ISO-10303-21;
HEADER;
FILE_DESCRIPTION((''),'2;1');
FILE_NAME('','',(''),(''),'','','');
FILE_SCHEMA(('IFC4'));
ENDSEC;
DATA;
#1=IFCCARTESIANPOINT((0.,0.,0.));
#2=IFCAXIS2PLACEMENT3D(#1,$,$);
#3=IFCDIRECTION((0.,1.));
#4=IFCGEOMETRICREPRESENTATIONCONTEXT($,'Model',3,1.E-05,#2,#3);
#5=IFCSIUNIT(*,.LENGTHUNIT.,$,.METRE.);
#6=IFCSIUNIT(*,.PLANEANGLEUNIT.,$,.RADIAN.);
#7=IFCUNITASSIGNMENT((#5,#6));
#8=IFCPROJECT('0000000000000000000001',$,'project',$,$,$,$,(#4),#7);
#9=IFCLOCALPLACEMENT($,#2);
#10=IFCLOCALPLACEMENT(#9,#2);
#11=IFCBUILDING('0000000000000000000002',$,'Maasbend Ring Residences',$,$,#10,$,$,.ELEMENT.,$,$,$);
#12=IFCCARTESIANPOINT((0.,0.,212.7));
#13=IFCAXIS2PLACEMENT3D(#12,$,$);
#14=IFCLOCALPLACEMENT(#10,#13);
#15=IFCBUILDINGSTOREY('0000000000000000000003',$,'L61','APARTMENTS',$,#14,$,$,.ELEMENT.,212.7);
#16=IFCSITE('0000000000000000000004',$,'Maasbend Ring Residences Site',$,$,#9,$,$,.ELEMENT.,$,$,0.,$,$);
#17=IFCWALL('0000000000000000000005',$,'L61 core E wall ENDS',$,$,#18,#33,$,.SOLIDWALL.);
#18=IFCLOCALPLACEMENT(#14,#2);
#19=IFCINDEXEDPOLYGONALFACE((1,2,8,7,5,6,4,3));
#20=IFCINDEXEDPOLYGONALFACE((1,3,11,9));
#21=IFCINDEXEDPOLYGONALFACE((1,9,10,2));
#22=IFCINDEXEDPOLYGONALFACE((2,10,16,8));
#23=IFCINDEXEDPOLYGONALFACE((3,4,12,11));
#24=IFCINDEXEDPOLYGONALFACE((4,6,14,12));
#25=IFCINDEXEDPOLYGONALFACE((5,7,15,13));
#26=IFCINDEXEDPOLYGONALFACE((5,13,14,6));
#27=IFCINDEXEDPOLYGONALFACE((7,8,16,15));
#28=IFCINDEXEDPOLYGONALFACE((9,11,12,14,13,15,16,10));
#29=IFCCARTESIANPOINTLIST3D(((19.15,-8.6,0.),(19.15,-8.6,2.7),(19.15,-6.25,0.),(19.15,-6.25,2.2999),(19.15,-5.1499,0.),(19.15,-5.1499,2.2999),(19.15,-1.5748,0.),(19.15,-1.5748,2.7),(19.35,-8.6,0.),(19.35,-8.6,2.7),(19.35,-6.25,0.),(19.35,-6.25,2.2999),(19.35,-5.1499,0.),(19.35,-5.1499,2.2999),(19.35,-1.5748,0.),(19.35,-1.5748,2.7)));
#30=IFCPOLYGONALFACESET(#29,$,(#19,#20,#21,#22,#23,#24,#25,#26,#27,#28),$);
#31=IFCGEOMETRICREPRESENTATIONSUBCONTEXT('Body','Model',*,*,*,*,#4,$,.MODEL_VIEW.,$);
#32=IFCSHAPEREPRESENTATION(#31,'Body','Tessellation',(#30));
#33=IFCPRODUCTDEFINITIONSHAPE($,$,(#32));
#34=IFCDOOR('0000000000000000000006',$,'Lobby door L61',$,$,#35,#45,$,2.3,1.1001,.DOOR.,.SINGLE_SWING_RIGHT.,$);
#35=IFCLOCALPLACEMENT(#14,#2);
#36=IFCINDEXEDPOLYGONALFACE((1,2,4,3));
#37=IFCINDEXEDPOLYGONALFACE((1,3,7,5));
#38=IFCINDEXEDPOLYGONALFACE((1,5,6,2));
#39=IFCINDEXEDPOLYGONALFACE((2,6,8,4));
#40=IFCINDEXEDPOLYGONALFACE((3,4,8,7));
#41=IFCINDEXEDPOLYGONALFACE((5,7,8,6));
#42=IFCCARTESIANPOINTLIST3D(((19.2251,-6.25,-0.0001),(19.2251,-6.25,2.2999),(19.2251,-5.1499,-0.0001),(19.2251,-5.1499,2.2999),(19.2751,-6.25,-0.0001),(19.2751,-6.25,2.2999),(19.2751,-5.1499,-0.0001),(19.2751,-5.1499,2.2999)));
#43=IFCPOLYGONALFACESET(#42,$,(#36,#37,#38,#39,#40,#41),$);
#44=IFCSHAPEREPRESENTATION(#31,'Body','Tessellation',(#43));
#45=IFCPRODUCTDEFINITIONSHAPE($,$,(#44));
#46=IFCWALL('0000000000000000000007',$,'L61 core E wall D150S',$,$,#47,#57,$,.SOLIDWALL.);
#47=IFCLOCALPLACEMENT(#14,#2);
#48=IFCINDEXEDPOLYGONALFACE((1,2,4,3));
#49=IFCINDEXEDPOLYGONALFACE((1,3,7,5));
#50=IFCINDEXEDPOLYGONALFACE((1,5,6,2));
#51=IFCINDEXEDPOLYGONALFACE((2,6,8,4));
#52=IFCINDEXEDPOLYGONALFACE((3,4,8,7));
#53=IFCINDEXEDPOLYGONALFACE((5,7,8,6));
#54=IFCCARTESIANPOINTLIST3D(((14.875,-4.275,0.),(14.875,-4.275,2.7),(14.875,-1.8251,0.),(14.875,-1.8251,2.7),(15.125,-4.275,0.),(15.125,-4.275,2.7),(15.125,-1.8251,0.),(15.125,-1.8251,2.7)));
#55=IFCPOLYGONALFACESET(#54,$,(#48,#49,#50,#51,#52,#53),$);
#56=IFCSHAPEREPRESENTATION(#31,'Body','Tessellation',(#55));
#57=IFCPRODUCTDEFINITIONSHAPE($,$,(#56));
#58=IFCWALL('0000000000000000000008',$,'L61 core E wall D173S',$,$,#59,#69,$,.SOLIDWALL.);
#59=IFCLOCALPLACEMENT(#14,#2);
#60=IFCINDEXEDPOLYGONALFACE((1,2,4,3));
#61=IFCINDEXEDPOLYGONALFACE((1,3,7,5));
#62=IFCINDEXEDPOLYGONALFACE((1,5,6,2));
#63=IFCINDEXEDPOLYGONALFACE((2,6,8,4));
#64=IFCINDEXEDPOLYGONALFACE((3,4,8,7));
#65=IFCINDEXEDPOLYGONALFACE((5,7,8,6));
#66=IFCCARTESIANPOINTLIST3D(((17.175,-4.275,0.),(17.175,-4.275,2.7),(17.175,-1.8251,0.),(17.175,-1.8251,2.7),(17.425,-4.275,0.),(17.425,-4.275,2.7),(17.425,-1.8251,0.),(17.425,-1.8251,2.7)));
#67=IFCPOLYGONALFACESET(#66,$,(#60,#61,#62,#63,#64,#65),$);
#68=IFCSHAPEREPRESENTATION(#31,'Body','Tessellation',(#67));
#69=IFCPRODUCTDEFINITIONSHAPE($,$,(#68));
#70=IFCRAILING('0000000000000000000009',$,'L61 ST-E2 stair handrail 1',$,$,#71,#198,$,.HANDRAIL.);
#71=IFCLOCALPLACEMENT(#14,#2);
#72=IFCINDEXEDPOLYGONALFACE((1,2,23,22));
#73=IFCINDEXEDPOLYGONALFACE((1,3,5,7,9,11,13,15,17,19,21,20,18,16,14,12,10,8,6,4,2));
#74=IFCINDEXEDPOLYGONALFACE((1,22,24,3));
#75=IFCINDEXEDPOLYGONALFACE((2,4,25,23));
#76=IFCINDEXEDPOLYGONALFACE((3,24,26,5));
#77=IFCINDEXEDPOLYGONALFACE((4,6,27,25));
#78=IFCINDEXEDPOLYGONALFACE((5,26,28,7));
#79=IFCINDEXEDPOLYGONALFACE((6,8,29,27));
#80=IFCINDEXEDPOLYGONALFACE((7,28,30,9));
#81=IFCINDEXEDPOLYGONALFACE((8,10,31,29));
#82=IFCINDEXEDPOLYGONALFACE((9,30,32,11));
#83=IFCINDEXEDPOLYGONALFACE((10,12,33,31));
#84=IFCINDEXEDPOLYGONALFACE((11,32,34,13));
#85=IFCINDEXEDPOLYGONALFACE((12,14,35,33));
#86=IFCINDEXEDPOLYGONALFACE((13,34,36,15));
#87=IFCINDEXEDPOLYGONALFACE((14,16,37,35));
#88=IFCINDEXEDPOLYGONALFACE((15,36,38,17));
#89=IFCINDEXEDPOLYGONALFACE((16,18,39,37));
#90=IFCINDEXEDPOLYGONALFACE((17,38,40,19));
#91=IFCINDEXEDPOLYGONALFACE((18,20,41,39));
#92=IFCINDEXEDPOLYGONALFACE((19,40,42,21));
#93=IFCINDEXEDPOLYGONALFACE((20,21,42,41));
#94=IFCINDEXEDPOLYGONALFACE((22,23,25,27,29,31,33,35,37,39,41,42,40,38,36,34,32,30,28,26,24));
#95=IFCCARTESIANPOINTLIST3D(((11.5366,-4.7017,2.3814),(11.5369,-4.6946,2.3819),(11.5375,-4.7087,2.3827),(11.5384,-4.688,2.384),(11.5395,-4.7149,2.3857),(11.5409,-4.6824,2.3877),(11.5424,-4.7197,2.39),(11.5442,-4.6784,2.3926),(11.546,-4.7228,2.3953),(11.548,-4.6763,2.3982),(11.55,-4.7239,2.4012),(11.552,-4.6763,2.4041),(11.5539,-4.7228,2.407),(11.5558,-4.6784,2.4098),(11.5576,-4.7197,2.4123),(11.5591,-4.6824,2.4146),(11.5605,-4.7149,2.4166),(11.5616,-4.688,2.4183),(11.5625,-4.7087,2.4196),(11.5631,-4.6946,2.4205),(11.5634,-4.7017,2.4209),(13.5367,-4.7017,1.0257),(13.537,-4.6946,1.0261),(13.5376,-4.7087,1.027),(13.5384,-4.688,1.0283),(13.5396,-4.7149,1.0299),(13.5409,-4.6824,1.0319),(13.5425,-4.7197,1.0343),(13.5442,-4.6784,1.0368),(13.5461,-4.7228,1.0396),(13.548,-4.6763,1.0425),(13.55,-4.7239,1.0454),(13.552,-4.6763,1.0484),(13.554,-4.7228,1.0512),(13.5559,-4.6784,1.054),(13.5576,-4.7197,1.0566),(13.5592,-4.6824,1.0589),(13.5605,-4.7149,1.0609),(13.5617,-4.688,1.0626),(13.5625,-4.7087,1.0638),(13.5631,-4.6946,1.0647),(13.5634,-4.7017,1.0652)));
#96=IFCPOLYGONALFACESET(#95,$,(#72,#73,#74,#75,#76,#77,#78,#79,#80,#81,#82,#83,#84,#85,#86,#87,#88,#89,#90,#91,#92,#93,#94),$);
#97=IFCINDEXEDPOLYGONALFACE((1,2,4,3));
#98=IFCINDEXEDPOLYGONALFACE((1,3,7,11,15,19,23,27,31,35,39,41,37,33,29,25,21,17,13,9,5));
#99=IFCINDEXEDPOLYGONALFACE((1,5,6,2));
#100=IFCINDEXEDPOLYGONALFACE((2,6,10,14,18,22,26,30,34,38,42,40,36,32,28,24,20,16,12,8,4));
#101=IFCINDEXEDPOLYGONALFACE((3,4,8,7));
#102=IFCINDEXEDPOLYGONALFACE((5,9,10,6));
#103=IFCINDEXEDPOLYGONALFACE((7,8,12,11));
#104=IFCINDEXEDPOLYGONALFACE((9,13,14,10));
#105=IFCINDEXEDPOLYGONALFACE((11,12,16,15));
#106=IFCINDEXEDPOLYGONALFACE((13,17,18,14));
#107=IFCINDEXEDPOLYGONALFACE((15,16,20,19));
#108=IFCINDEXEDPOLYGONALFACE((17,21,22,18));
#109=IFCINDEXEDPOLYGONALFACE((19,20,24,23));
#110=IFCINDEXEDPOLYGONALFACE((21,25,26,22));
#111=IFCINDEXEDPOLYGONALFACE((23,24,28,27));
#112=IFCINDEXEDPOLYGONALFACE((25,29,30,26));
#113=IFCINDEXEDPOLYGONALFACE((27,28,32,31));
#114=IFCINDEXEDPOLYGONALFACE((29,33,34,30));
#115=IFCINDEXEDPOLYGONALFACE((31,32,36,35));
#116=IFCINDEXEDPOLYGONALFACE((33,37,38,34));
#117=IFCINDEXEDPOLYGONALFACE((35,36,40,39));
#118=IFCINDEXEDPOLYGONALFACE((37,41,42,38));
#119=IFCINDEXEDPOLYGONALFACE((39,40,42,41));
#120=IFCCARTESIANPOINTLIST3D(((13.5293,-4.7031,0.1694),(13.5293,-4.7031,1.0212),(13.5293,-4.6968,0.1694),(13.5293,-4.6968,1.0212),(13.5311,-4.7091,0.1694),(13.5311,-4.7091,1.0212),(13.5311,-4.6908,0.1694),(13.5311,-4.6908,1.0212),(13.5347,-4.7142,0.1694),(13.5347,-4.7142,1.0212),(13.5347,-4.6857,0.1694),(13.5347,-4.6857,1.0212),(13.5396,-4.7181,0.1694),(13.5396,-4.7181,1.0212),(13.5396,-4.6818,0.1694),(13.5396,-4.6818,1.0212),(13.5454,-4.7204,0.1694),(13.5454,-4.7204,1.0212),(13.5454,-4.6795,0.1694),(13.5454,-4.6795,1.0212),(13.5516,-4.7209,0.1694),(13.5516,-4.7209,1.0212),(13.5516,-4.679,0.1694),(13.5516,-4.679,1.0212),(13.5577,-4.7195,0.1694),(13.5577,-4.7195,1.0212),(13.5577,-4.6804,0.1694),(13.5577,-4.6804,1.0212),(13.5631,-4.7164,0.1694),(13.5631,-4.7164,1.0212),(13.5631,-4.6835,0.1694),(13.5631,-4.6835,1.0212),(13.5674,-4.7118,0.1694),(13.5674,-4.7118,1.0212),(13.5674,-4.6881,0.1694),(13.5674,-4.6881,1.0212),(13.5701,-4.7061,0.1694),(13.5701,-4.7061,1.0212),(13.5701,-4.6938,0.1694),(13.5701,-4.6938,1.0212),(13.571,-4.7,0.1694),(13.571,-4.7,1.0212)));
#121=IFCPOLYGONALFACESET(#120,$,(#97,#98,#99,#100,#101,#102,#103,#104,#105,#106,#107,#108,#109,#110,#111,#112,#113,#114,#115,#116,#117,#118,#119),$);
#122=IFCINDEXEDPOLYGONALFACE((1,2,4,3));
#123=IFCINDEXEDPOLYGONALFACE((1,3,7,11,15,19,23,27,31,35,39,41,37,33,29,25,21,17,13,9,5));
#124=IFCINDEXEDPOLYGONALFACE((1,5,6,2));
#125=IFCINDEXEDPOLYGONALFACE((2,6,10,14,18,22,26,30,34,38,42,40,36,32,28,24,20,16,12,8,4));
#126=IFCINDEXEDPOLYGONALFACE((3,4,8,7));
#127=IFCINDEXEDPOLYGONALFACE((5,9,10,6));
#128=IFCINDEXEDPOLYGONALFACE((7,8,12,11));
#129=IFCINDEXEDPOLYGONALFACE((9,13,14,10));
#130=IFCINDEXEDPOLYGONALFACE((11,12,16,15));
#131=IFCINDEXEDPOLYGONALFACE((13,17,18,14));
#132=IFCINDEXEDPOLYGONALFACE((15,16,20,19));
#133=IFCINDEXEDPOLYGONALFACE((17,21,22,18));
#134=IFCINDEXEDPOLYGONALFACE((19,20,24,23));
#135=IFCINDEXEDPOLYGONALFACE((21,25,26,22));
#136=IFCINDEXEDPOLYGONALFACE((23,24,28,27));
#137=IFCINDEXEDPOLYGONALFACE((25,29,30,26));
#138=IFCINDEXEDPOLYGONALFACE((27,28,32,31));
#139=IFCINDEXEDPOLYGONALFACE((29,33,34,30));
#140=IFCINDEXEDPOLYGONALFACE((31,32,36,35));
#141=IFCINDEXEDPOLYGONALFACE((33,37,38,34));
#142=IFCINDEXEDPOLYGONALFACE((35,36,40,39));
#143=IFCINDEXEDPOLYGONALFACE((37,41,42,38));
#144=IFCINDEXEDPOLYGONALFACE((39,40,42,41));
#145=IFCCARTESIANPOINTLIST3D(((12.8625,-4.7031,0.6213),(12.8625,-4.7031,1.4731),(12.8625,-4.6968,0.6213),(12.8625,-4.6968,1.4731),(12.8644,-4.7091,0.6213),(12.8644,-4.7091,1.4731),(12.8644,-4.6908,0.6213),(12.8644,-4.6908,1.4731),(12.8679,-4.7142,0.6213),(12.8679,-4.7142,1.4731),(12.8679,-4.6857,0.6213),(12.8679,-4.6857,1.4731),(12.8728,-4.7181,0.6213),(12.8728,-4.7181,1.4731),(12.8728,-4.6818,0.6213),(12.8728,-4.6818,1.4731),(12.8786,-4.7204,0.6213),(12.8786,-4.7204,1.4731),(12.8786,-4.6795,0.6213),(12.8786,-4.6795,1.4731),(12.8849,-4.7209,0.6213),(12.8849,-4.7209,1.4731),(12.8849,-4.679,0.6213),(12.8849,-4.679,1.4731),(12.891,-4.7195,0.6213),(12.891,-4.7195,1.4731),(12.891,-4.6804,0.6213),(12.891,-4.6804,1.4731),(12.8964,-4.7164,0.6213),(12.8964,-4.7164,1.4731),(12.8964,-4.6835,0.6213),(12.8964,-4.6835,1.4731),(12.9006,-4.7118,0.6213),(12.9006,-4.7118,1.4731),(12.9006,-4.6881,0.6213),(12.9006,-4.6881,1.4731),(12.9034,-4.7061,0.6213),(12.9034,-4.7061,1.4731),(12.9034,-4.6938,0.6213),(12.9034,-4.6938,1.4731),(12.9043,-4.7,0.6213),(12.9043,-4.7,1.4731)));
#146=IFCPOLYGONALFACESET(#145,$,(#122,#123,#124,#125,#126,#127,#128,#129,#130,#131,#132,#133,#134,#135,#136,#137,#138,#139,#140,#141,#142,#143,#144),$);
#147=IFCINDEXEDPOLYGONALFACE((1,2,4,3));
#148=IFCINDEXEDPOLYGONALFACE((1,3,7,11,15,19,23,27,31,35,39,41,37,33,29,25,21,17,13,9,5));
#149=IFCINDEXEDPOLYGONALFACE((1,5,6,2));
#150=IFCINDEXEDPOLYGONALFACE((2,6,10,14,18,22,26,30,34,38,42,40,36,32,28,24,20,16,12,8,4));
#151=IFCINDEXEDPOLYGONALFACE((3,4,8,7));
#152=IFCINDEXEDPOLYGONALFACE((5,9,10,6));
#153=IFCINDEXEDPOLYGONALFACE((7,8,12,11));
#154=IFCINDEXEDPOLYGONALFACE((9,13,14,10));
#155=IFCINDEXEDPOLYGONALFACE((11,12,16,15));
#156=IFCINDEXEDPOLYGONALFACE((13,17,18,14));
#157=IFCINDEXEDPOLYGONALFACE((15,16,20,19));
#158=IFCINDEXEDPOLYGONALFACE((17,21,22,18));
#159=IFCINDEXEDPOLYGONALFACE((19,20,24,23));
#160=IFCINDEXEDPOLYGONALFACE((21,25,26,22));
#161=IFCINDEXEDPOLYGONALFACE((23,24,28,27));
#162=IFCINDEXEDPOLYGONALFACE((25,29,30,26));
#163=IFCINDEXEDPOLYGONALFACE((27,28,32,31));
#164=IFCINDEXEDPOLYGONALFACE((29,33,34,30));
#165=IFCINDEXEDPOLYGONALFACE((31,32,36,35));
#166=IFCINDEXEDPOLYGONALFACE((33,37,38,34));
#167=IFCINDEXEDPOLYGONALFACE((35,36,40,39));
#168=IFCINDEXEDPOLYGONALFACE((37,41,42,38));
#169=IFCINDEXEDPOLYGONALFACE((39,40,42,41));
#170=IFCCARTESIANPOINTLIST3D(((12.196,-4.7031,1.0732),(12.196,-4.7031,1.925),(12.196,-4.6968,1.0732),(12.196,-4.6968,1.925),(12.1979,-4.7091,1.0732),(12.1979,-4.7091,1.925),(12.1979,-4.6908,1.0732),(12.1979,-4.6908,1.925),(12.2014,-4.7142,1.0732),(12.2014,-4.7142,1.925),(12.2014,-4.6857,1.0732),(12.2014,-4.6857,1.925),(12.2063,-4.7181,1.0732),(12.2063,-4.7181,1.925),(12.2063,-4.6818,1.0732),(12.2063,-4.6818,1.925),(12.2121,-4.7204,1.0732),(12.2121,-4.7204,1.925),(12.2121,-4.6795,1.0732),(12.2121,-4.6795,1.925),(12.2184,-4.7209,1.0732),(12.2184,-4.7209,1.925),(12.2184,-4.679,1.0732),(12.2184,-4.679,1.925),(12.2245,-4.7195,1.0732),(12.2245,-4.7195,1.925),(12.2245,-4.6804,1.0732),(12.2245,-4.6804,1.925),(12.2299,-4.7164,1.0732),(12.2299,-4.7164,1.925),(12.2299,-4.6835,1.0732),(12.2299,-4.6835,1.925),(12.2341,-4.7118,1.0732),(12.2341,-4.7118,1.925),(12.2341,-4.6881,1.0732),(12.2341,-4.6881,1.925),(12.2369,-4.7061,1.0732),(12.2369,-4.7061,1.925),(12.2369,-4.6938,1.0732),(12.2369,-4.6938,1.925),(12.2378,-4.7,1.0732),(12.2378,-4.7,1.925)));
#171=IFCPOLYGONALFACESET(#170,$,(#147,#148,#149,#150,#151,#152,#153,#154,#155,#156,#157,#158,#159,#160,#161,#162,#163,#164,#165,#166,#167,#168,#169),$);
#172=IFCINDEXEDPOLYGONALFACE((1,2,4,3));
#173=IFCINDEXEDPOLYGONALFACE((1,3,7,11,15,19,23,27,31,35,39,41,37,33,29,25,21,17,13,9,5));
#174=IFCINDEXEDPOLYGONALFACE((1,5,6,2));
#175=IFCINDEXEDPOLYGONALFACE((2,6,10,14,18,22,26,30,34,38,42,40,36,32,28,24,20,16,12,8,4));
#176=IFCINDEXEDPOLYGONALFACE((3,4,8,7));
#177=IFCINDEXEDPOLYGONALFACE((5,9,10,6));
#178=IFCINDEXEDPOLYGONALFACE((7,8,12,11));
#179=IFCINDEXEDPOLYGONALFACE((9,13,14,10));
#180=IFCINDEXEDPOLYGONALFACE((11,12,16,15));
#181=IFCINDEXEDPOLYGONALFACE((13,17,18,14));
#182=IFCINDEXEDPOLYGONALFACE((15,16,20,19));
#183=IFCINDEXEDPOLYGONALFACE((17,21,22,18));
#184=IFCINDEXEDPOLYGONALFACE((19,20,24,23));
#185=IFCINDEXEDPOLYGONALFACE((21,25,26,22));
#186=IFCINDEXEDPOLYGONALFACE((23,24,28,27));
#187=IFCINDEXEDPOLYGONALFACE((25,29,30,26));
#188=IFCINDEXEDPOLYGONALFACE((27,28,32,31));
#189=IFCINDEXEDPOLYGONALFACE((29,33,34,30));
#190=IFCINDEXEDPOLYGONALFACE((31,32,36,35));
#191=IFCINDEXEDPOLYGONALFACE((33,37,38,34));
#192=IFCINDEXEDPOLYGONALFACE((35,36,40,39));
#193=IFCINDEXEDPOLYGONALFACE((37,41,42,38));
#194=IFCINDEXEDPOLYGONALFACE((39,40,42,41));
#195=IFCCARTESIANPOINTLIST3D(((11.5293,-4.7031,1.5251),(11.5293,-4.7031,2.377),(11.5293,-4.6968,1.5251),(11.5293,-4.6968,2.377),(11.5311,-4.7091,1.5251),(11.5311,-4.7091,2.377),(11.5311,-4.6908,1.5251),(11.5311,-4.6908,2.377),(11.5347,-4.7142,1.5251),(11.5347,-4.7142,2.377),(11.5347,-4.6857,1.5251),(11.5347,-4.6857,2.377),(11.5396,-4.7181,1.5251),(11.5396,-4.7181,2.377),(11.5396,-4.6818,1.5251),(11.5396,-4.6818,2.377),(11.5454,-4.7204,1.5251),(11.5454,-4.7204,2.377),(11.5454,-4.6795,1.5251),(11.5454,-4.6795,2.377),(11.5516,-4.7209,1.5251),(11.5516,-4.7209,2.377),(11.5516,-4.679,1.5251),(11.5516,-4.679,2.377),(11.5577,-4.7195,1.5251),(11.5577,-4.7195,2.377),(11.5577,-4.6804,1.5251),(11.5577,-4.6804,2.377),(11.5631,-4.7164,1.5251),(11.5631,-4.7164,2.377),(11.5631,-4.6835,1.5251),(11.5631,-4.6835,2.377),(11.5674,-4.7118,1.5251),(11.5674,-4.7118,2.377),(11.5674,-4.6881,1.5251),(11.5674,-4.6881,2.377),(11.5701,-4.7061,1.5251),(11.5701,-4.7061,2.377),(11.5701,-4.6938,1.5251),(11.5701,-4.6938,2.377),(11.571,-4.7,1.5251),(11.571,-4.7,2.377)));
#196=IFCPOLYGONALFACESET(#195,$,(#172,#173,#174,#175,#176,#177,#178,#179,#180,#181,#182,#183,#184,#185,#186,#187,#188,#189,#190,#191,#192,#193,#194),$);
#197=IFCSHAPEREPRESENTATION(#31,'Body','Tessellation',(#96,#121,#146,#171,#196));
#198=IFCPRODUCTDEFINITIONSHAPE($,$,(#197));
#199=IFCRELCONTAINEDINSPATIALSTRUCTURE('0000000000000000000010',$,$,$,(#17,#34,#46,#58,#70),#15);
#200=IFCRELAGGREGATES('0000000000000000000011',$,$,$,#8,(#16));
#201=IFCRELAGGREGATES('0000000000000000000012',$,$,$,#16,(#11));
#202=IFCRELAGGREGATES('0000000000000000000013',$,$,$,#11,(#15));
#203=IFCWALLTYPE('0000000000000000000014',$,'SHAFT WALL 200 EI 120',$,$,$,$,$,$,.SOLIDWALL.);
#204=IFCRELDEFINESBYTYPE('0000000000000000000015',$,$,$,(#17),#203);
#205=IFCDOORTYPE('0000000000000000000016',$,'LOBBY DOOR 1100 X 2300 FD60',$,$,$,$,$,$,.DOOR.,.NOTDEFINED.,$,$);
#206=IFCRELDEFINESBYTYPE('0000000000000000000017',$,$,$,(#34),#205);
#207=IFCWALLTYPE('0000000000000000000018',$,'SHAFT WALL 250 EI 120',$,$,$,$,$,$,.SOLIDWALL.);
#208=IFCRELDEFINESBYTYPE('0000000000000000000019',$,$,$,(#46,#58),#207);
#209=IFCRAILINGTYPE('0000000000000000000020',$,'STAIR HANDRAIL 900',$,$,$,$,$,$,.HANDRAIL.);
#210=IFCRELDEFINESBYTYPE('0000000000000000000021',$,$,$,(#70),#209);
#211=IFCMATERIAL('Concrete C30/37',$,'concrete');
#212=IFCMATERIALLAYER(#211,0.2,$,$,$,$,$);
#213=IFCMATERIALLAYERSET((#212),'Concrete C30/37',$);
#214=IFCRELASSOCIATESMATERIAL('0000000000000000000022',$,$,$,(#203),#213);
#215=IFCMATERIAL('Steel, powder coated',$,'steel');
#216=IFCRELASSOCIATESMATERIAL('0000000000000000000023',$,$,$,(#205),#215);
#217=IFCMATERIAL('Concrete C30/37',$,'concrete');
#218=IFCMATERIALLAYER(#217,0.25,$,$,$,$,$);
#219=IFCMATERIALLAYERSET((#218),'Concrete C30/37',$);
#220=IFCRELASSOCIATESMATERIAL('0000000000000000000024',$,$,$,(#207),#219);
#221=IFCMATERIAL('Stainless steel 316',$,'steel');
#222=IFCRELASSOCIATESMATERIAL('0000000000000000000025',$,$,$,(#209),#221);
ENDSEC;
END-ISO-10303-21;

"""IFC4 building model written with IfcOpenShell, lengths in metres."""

from ifc_helpers import new_model, si_unit, direction, frame, frame_2d, origin, origin_2d, place, context, subcontext, project, spatial, rectangle, circle, extrude, material, layer, layer_set, type_object, element, fill, save


model = new_model("IFC4")

# Units and contexts
model_context = context("Model", 3, precision=1e-05, world=origin(), true_north=direction((0.0, 1.0)))
body_context = subcontext(model_context, "Body", "Model", "MODEL_VIEW")
ifc_project = project(units=[si_unit("LENGTHUNIT", "METRE"), si_unit("PLANEANGLEUNIT", "RADIAN")], contexts=[model_context])

# Site, building, storey
site_placement = place(None, origin())
site = spatial("IfcSite", under=ifc_project, at=site_placement, Name="Maasbend Ring Residences Site", CompositionType="ELEMENT", RefElevation=0.0)
building_placement = place(site_placement, origin())
building = spatial("IfcBuilding", under=site, at=building_placement, Name="Maasbend Ring Residences", CompositionType="ELEMENT")
storey_placement = place(building_placement, frame((0.0, 0.0, 212.7)))
storey = spatial("IfcBuildingStorey", under=building, at=storey_placement, Name="L61", Description="APARTMENTS", CompositionType="ELEMENT", Elevation=212.7)

# Wall, opening, door
ifc_material_1 = material(Name="Concrete C30/37", Category="concrete")
ifc_layer_1 = layer(ifc_material_1, 0.2)
ifc_layer_set_1 = layer_set([ifc_layer_1], Name="Concrete C30/37")
wall_type_1 = type_object("IfcWallType", Name="SHAFT WALL 200 EI 120", PredefinedType="SOLIDWALL", material=ifc_layer_set_1)
wall_1_placement = place(storey_placement, frame((19.25, -8.6001, 0.0), z_axis=(0.0, 0.0, 1.0), x_axis=(0.0, 1.0, 0.0)))
wall_1 = element("IfcWall", 1, at=wall_1_placement, inside=storey, type_object=wall_type_1, Name="L61 core E wall ENDS", PredefinedType="SOLIDWALL", context=body_context, shape_type="SweptSolid", body=[
    extrude(rectangle(XDim=7.0251, YDim=0.2, at=frame_2d((3.5127, 0.0))), origin(), (0.0, 0.0, 1.0), 2.7),
])
opening_1_placement = place(wall_1_placement, frame((2.3501, 0.0, 0.0)))
opening_1 = element("IfcOpeningElement", 2, at=opening_1_placement, cuts=wall_1, PredefinedType="OPENING", context=body_context, shape_type="SweptSolid", body=[
    extrude(rectangle(XDim=1.1001, YDim=2.3, at=frame_2d((0.55, 1.1499))), frame((0.0, 0.1099, 0.0), z_axis=(0.0, -1.0, 0.0), x_axis=(1.0, 0.0, 0.0)), (0.0, 0.0, 1.0), 0.22),
])
ifc_material_2 = material(Name="Steel, powder coated", Category="steel")
door_type_1 = type_object("IfcDoorType", Name="LOBBY DOOR 1100 X 2300 FD60", OperationType="NOTDEFINED", PredefinedType="DOOR", material=ifc_material_2)
door_1_placement = place(opening_1_placement, origin())
door_1 = element("IfcDoor", 3, at=door_1_placement, inside=storey, type_object=door_type_1, Name="Lobby door L61", OperationType="SINGLE_SWING_RIGHT", OverallHeight=2.3, OverallWidth=1.1001, PredefinedType="DOOR", context=body_context, shape_type="SweptSolid", body=[
    extrude(rectangle(XDim=1.1001, YDim=2.3, at=frame_2d((0.55, 1.1499))), frame((0.0, 0.0249, 0.0), z_axis=(0.0, -1.0, 0.0), x_axis=(1.0, 0.0, 0.0)), (0.0, 0.0, 1.0), 0.05),
])
fill(opening_1, door_1)

# Walls
ifc_material_3 = material(Name="Concrete C30/37", Category="concrete")
ifc_layer_2 = layer(ifc_material_3, 0.25)
ifc_layer_set_2 = layer_set([ifc_layer_2], Name="Concrete C30/37")
wall_type_2 = type_object("IfcWallType", Name="SHAFT WALL 250 EI 120", PredefinedType="SOLIDWALL", material=ifc_layer_set_2)
for number, where, z_axis, x_axis, name in (
    (4, (15.0, -1.825, 0.0), (0.0, 0.0, 1.0), (0.0, -1.0, 0.0), "L61 core E wall D150S"),
    (5, (17.3, -1.825, 0.0), (0.0, 0.0, 1.0), (0.0, -1.0, 0.0), "L61 core E wall D173S"),
):
    element("IfcWall", number, at=place(storey_placement, frame(where, z_axis=z_axis, x_axis=x_axis)), inside=storey, type_object=wall_type_2, Name=name, PredefinedType="SOLIDWALL", context=body_context, shape_type="SweptSolid", body=[
        extrude(rectangle(XDim=2.45, YDim=0.25, at=frame_2d((1.2251, 0.0))), origin(), (0.0, 0.0, 1.0), 2.7),
    ])

# Railing
ifc_material_4 = material(Name="Stainless steel 316", Category="steel")
railing_type_1 = type_object("IfcRailingType", Name="STAIR HANDRAIL 900", PredefinedType="HANDRAIL", material=ifc_material_4)
railing_1_placement = place(storey_placement, frame((13.55, -4.7, 0.1694)))
element("IfcRailing", 6, at=railing_1_placement, inside=storey, type_object=railing_type_1, Name="L61 ST-E2 stair handrail 1", PredefinedType="HANDRAIL", context=body_context, shape_type="SweptSolid", body=[
    extrude(circle(Radius=0.0239, at=origin_2d()), frame((0.0, 0.0, 0.876), z_axis=(-0.827751, 0.0, 0.561096), x_axis=(0.0, -1.0, 0.0)), (0.0, 0.0, 1.0), 2.4163),
    extrude(circle(Radius=0.021, at=origin_2d()), origin(), (0.0, 0.0, 1.0), 0.8518),
    extrude(circle(Radius=0.021, at=origin_2d()), frame((-0.6667, 0.0, 0.4519)), (0.0, 0.0, 1.0), 0.8518),
    extrude(circle(Radius=0.021, at=origin_2d()), frame((-1.3333, 0.0, 0.9038)), (0.0, 0.0, 1.0), 0.8518),
    extrude(circle(Radius=0.021, at=origin_2d()), frame((-2.0, 0.0, 1.3557)), (0.0, 0.0, 1.0), 0.8518),
])

save(model, "model.ifc")
